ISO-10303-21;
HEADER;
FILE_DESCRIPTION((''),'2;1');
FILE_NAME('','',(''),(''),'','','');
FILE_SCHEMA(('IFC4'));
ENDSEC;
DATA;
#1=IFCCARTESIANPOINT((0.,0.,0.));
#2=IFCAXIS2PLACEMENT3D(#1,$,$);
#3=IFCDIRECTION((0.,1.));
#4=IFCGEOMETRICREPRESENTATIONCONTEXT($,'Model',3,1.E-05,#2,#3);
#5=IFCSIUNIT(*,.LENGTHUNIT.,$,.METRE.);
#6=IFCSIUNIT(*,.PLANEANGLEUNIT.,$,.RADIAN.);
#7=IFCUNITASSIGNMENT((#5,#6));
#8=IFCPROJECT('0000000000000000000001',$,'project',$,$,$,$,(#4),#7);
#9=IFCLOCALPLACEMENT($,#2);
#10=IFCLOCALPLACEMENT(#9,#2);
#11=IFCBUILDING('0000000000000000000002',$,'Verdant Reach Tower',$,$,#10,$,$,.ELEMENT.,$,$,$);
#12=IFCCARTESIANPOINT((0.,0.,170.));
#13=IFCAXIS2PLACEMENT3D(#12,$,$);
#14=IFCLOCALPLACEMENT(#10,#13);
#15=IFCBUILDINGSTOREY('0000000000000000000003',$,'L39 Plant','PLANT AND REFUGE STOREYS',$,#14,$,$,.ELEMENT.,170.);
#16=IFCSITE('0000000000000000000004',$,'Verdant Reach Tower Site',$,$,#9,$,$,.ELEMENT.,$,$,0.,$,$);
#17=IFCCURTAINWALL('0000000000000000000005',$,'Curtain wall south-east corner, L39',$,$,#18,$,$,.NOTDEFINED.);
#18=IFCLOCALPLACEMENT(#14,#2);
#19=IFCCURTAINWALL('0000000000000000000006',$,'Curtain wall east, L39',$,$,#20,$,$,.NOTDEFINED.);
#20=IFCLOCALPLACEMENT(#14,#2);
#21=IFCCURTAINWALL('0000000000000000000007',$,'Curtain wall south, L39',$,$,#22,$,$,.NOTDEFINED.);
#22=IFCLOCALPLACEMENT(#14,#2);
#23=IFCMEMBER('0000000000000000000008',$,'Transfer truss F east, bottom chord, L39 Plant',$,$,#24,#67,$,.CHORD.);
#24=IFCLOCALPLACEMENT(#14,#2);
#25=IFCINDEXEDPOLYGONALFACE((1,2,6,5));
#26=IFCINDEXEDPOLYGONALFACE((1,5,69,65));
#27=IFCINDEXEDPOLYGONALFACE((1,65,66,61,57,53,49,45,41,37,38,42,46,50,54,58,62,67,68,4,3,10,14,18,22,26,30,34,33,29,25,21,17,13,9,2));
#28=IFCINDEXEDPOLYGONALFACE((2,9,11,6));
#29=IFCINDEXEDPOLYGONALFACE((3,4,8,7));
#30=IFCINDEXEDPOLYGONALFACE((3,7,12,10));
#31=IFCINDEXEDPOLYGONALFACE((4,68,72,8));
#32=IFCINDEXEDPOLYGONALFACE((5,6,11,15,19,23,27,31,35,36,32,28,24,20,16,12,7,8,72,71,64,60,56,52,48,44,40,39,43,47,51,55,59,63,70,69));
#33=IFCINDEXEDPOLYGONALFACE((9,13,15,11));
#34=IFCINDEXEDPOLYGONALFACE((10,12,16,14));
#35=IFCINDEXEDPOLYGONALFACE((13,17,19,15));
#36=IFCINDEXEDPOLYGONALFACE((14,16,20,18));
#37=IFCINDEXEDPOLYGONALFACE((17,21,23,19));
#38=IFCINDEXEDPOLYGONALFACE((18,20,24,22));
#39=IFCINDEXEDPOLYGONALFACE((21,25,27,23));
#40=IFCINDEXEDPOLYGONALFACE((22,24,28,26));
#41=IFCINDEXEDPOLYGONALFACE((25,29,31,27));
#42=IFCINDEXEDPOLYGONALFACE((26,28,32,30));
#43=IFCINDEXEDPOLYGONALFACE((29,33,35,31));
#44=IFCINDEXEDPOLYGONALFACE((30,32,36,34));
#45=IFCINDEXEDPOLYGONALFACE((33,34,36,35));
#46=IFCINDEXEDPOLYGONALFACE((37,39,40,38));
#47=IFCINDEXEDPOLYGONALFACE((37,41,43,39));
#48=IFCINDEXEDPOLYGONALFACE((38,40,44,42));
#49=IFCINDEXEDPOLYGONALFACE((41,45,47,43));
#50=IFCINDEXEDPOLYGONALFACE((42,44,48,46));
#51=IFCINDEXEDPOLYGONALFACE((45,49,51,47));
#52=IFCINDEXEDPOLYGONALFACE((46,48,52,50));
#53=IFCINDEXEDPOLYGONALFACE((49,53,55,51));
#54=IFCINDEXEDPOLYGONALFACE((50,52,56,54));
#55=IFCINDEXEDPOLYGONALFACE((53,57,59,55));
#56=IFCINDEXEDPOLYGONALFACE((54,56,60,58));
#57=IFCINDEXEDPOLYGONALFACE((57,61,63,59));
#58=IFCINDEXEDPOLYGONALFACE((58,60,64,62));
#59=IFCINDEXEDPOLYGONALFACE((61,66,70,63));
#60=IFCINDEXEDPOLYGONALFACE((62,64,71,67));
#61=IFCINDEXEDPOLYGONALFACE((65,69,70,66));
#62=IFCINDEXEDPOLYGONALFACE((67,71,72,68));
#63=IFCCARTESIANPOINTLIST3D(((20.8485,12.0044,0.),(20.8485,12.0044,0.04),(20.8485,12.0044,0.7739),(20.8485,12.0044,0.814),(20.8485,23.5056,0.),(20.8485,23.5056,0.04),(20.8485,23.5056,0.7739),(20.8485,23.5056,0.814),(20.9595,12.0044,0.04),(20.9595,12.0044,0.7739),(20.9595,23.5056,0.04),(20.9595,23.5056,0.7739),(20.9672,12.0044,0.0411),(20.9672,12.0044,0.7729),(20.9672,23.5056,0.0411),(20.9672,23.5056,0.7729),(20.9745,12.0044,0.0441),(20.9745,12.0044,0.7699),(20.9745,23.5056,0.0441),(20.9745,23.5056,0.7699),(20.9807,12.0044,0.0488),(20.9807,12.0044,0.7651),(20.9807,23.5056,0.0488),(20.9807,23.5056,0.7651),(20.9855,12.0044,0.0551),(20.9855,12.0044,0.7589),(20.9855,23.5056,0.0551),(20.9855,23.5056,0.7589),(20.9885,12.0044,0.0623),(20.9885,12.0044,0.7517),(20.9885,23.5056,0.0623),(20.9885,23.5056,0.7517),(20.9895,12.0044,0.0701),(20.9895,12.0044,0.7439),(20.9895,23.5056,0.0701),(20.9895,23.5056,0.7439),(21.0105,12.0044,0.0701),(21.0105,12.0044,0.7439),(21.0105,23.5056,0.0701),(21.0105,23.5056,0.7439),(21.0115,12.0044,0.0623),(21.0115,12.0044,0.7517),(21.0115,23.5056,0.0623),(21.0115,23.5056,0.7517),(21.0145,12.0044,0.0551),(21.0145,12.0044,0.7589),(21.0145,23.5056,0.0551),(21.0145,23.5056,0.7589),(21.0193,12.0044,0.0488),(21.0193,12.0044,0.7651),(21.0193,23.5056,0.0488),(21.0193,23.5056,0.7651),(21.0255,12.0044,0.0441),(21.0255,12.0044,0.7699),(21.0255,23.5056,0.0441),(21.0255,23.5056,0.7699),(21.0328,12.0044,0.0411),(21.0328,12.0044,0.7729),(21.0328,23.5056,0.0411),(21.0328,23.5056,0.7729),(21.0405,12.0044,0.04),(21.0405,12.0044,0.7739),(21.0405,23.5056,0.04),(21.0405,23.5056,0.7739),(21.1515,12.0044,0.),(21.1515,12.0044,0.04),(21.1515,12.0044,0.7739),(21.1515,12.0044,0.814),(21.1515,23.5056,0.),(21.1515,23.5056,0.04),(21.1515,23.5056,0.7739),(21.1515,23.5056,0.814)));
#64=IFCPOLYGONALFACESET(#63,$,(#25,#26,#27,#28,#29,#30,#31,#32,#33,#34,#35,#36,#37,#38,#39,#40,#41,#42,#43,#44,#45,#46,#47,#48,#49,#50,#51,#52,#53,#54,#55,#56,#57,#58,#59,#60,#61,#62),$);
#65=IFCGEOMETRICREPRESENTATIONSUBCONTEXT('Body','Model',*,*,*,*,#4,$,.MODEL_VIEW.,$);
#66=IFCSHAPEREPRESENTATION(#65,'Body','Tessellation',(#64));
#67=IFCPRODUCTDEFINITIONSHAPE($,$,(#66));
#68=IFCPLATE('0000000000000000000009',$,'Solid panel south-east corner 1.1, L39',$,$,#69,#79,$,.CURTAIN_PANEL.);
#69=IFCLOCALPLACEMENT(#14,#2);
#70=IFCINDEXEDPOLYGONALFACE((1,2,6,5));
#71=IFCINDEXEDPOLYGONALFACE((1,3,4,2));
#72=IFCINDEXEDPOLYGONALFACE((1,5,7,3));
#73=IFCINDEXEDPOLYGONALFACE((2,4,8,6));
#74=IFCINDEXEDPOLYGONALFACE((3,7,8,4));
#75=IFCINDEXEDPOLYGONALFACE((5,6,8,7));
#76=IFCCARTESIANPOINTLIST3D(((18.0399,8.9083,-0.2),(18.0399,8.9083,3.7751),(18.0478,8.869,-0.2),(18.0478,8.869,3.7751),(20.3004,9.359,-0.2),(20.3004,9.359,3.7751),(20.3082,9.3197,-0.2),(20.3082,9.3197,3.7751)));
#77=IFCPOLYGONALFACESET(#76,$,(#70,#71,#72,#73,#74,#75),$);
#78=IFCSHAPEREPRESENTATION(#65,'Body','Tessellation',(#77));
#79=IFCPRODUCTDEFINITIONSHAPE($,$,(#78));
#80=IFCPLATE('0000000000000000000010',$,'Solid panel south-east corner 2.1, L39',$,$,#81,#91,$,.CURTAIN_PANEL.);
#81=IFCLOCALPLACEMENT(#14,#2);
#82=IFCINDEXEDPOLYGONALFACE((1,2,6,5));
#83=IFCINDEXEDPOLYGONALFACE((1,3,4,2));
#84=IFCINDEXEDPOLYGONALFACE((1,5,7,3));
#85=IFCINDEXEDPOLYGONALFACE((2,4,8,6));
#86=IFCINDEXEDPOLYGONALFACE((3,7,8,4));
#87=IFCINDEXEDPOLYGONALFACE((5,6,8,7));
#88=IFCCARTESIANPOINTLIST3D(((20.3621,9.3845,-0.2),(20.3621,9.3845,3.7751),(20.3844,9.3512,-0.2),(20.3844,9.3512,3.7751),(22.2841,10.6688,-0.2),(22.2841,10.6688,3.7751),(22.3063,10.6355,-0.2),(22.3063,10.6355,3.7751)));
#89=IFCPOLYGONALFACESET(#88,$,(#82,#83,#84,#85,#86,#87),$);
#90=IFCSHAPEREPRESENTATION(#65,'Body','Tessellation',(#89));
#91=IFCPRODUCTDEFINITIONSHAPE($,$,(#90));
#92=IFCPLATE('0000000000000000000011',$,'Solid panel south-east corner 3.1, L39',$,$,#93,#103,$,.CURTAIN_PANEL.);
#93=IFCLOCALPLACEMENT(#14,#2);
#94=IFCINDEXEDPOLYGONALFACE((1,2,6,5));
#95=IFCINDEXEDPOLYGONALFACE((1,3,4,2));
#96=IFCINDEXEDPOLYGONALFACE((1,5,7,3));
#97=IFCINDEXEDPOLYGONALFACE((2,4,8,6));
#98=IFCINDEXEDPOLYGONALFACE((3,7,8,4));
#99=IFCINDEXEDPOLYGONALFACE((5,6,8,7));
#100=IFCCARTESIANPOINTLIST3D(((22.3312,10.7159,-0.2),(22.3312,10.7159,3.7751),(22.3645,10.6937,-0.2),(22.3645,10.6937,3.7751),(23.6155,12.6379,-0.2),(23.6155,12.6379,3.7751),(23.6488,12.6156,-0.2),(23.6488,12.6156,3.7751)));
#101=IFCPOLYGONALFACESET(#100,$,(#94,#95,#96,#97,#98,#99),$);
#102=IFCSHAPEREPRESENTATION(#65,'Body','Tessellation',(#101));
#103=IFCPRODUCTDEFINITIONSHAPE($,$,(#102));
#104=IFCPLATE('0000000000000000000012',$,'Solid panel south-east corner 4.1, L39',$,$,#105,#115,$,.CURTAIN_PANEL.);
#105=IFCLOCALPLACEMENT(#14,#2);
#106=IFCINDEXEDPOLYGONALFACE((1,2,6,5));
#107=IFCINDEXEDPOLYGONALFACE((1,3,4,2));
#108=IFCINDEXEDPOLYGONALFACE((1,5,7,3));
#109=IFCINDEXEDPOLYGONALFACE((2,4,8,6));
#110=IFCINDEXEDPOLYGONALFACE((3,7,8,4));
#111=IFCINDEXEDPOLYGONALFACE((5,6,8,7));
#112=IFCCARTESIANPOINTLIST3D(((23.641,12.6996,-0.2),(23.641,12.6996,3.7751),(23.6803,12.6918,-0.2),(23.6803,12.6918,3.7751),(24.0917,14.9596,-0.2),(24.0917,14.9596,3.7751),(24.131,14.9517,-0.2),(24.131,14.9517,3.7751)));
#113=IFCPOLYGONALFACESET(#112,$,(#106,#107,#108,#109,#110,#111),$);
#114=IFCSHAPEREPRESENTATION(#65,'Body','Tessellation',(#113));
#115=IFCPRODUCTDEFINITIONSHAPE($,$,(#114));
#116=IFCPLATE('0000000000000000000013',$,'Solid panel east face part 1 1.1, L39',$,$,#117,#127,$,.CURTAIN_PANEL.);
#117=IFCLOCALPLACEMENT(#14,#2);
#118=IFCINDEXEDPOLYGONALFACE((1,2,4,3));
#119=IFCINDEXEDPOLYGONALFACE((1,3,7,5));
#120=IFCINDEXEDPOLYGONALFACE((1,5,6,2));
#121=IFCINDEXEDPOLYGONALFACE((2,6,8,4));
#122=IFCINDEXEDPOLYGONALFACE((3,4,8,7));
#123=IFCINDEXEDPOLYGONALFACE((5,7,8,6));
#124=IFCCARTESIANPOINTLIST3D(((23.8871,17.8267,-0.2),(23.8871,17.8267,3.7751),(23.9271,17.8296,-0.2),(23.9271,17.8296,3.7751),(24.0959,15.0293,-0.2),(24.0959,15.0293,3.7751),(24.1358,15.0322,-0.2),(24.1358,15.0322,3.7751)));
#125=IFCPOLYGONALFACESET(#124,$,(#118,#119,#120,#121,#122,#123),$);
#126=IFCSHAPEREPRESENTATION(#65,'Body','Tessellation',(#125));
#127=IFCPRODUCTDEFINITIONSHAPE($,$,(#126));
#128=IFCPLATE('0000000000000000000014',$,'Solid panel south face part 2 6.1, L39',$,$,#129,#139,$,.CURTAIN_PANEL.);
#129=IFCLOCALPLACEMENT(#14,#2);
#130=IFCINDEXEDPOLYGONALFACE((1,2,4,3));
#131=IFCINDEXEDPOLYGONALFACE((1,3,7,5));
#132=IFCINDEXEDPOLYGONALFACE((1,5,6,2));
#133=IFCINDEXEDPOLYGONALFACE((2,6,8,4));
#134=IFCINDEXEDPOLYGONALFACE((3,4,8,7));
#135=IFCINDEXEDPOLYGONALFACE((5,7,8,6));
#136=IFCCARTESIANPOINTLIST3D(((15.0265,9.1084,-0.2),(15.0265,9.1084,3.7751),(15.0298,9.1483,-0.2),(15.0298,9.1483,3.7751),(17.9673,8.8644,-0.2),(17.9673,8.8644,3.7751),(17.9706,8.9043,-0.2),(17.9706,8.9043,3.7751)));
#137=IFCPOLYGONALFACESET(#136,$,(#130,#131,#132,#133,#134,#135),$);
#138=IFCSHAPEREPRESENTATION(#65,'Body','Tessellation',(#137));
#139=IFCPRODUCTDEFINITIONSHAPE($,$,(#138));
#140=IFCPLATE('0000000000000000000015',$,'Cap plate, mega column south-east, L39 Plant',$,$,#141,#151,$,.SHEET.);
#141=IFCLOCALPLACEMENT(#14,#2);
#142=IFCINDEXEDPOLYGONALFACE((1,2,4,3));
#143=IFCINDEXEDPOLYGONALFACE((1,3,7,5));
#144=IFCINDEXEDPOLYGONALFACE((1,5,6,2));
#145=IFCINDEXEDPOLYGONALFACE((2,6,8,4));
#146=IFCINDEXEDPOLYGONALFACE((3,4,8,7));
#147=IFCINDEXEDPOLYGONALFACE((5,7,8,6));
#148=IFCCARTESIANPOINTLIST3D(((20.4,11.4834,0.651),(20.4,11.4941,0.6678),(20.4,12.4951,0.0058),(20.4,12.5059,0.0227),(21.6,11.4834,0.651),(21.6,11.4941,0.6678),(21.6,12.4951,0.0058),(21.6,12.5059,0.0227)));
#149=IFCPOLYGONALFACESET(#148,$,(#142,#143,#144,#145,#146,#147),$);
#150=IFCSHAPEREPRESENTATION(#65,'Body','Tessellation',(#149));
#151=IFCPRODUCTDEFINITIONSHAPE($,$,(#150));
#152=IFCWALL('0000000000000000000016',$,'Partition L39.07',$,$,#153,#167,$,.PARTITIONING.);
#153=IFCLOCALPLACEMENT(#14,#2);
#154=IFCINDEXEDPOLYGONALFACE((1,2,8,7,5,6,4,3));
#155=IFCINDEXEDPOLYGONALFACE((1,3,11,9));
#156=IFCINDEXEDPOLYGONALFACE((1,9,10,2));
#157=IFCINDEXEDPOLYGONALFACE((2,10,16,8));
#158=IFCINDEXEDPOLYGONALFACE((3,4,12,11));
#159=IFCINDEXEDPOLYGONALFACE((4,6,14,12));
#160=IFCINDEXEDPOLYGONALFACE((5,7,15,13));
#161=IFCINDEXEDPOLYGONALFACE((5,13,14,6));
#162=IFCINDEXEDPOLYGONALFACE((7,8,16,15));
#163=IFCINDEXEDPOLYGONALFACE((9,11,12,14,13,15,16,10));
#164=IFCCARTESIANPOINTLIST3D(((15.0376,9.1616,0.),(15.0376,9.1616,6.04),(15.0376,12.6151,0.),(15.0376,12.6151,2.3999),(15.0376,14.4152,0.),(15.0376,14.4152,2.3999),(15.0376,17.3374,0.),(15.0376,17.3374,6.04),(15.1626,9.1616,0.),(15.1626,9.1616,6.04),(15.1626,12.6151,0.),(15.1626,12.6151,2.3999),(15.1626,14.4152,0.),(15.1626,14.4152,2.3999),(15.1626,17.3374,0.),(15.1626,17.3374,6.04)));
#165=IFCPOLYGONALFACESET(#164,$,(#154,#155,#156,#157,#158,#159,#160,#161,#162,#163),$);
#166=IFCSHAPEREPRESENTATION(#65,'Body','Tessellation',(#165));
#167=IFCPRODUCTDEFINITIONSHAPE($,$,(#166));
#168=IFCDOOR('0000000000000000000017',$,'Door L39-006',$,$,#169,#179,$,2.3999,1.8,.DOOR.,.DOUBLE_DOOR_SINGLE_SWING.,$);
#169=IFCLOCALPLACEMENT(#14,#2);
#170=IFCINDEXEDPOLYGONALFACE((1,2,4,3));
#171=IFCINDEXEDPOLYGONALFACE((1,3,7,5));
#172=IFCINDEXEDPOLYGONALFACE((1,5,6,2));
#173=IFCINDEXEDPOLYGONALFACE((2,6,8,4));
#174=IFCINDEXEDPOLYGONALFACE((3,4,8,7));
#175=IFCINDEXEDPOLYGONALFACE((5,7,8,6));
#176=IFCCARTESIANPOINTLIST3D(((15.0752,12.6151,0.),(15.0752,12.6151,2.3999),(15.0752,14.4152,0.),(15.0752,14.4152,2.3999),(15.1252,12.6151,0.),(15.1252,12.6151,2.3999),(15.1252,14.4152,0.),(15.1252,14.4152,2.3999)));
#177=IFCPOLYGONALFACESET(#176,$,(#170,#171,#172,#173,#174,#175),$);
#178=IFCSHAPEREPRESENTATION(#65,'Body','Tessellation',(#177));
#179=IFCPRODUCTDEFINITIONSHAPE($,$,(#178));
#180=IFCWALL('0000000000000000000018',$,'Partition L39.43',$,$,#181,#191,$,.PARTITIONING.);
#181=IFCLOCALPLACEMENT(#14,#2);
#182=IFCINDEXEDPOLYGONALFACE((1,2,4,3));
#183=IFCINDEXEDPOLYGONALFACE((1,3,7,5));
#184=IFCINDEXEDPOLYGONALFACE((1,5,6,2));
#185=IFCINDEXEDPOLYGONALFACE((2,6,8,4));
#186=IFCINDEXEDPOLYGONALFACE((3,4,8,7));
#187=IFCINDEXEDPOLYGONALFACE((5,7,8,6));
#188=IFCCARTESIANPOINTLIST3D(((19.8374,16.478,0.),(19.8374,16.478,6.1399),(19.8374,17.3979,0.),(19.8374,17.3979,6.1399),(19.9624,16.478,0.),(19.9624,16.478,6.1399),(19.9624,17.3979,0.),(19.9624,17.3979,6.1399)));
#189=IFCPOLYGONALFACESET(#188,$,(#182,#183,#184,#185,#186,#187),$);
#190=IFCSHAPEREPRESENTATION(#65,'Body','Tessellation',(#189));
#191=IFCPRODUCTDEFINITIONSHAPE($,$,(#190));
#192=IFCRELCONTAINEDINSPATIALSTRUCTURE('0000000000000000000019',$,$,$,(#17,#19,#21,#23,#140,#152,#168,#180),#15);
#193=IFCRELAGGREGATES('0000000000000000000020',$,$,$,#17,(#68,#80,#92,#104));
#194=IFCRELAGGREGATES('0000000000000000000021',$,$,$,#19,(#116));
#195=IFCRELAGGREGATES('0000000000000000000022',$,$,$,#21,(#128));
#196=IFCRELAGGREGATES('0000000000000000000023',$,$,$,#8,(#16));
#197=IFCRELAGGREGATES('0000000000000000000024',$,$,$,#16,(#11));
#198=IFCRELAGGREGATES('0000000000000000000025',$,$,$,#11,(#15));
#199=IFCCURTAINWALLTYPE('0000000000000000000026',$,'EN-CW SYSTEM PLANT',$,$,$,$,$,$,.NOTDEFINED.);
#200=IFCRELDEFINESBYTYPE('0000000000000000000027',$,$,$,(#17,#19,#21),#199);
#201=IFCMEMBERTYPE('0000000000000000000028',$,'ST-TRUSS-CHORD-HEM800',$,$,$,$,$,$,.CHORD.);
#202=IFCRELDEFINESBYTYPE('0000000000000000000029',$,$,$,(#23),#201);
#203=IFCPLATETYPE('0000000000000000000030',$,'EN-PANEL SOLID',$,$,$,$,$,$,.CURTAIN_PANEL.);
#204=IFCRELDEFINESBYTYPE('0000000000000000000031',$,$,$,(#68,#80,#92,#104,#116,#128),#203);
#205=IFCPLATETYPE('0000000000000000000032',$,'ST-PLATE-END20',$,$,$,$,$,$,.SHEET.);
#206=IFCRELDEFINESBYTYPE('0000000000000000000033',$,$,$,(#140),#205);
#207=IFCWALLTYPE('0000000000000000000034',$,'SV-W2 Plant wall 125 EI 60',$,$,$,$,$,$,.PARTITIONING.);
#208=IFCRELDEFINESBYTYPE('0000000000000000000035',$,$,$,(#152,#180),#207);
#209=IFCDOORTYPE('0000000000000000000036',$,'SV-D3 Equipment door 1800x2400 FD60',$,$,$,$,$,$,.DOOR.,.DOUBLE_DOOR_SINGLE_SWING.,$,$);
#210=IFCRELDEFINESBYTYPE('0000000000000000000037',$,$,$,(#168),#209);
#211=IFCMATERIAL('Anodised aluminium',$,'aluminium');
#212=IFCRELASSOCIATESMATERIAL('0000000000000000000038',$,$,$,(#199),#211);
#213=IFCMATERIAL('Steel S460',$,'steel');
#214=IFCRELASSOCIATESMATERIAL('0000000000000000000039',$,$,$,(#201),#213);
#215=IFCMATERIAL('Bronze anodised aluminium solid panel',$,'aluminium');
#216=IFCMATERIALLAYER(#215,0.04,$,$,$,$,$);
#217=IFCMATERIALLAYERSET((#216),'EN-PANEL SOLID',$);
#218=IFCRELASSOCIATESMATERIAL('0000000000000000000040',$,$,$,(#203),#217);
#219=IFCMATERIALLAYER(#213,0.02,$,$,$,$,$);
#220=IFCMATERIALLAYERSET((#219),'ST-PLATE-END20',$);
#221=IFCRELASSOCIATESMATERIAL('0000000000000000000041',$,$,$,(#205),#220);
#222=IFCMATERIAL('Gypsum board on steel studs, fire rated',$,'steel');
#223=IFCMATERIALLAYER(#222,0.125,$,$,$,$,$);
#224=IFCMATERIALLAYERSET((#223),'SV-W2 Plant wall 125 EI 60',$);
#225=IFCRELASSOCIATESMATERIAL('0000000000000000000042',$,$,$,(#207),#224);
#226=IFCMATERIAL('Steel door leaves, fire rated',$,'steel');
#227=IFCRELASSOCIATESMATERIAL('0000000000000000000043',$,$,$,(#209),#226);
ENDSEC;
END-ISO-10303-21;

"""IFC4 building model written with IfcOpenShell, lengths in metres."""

from ifc_helpers import new_model, si_unit, direction, frame, frame_2d, origin, origin_2d, place, context, subcontext, project, spatial, rectangle, i_section, extrude, material, layer, layer_set, material_profile, profile_set, type_object, element, fill, aggregate, save


model = new_model("IFC4")

# Units and contexts
model_context = context("Model", 3, precision=1e-05, world=origin(), true_north=direction((0.0, 1.0)))
body_context = subcontext(model_context, "Body", "Model", "MODEL_VIEW")
ifc_project = project(units=[si_unit("LENGTHUNIT", "METRE"), si_unit("PLANEANGLEUNIT", "RADIAN")], contexts=[model_context])

# Site, building, storey
site_placement = place(None, origin())
site = spatial("IfcSite", under=ifc_project, at=site_placement, Name="Verdant Reach Tower Site", CompositionType="ELEMENT", RefElevation=0.0)
building_placement = place(site_placement, origin())
building = spatial("IfcBuilding", under=site, at=building_placement, Name="Verdant Reach Tower", CompositionType="ELEMENT")
storey_placement = place(building_placement, frame((0.0, 0.0, 170.0)))
storey = spatial("IfcBuildingStorey", under=building, at=storey_placement, Name="L39 Plant", Description="PLANT AND REFUGE STOREYS", CompositionType="ELEMENT", Elevation=170.0)

# Shared definitions
ifc_material_1 = material(Name="Steel S460", Category="steel")

# Curtain wall
ifc_material_2 = material(Name="Anodised aluminium", Category="aluminium")
curtain_wall_type = type_object("IfcCurtainWallType", Name="EN-CW SYSTEM PLANT", PredefinedType="NOTDEFINED", material=ifc_material_2)
curtain_wall_1_placement = place(storey_placement, origin())
curtain_wall_1 = element("IfcCurtainWall", 1, at=curtain_wall_1_placement, inside=storey, type_object=curtain_wall_type, Name="Curtain wall south-east corner, L39", PredefinedType="NOTDEFINED")

# Curtain walls
curtain_wall_2_placement = place(storey_placement, origin())
curtain_wall_2 = element("IfcCurtainWall", 2, at=curtain_wall_2_placement, inside=storey, type_object=curtain_wall_type, Name="Curtain wall east, L39", PredefinedType="NOTDEFINED")
curtain_wall_3_placement = place(storey_placement, origin())
curtain_wall_3 = element("IfcCurtainWall", 3, at=curtain_wall_3_placement, inside=storey, type_object=curtain_wall_type, Name="Curtain wall south, L39", PredefinedType="NOTDEFINED")

# Member
ifc_material_profile_1 = material_profile(ifc_material_1, i_section(OverallWidth=0.303, OverallDepth=0.814, WebThickness=0.021, FlangeThickness=0.04, FilletRadius=0.03, at=origin_2d()), Name="HEM 800")
ifc_profile_set_1 = profile_set([ifc_material_profile_1], Name="Steel S460")
member_type_1 = type_object("IfcMemberType", Name="ST-TRUSS-CHORD-HEM800", PredefinedType="CHORD", material=ifc_profile_set_1)
member_1_placement = place(storey_placement, frame((21.0, 12.0044, 0.407), z_axis=(0.0, 1.0, 0.0), x_axis=(-1.0, 0.0, 0.0)))
element("IfcMember", 4, at=member_1_placement, inside=storey, type_object=member_type_1, Name="Transfer truss F east, bottom chord, L39 Plant", PredefinedType="CHORD", context=body_context, shape_type="SweptSolid", body=[
    extrude(i_section(OverallWidth=0.303, OverallDepth=0.814, WebThickness=0.021, FlangeThickness=0.04, FilletRadius=0.03, at=origin_2d()), origin(), (0.0, 0.0, 1.0), 11.5012),
])

# Plates
ifc_material_3 = material(Name="Bronze anodised aluminium solid panel", Category="aluminium")
ifc_layer_1 = layer(ifc_material_3, 0.04)
ifc_layer_set_1 = layer_set([ifc_layer_1], Name="EN-PANEL SOLID")
plate_type_1 = type_object("IfcPlateType", Name="EN-PANEL SOLID", PredefinedType="CURTAIN_PANEL", material=ifc_layer_set_1)
plate_1_placement = place(storey_placement, frame((19.1741, 9.114, -0.2), z_axis=(0.0, 0.0, 1.0), x_axis=(0.980695, 0.195545, 0.0)))
plate_1 = element("IfcPlate", 5, at=plate_1_placement, type_object=plate_type_1, Name="Solid panel south-east corner 1.1, L39", PredefinedType="CURTAIN_PANEL", context=body_context, shape_type="SweptSolid", body=[
    extrude(rectangle(XDim=2.3049, YDim=0.04, at=origin_2d()), origin(), (0.0, 0.0, 1.0), 3.9751),
])
plate_2_placement = place(storey_placement, frame((21.3342, 10.01, -0.2), z_axis=(0.0, 0.0, 1.0), x_axis=(0.831452, 0.555596, 0.0)))
plate_2 = element("IfcPlate", 6, at=plate_2_placement, type_object=plate_type_1, Name="Solid panel south-east corner 2.1, L39", PredefinedType="CURTAIN_PANEL", context=body_context, shape_type="SweptSolid", body=[
    extrude(rectangle(XDim=2.3115, YDim=0.04, at=origin_2d()), origin(), (0.0, 0.0, 1.0), 3.9751),
])
plate_3_placement = place(storey_placement, frame((22.99, 11.6658, -0.2), z_axis=(0.0, 0.0, 1.0), x_axis=(0.555596, 0.831452, 0.0)))
plate_3 = element("IfcPlate", 7, at=plate_3_placement, type_object=plate_type_1, Name="Solid panel south-east corner 3.1, L39", PredefinedType="CURTAIN_PANEL", context=body_context, shape_type="SweptSolid", body=[
    extrude(rectangle(XDim=2.3115, YDim=0.04, at=origin_2d()), origin(), (0.0, 0.0, 1.0), 3.9751),
])
plate_4_placement = place(storey_placement, frame((23.886, 13.8257, -0.2), z_axis=(0.0, 0.0, 1.0), x_axis=(0.195573, 0.980689, 0.0)))
plate_4 = element("IfcPlate", 8, at=plate_4_placement, type_object=plate_type_1, Name="Solid panel south-east corner 4.1, L39", PredefinedType="CURTAIN_PANEL", context=body_context, shape_type="SweptSolid", body=[
    extrude(rectangle(XDim=2.3044, YDim=0.04, at=origin_2d()), origin(), (0.0, 0.0, 1.0), 3.9751),
])
plate_5_placement = place(storey_placement, frame((24.0115, 16.4294, -0.2), z_axis=(0.0, 0.0, 1.0), x_axis=(-0.074412, 0.997228, 0.0)))
plate_5 = element("IfcPlate", 9, at=plate_5_placement, type_object=plate_type_1, Name="Solid panel east face part 1 1.1, L39", PredefinedType="CURTAIN_PANEL", context=body_context, shape_type="SweptSolid", body=[
    extrude(rectangle(XDim=2.8052, YDim=0.04, at=origin_2d()), origin(), (0.0, 0.0, 1.0), 3.9751),
])
plate_6_placement = place(storey_placement, frame((16.4985, 9.0063, -0.2), z_axis=(0.0, 0.0, 1.0), x_axis=(0.996578, -0.082664, 0.0)))
plate_6 = element("IfcPlate", 10, at=plate_6_placement, type_object=plate_type_1, Name="Solid panel south face part 2 6.1, L39", PredefinedType="CURTAIN_PANEL", context=body_context, shape_type="SweptSolid", body=[
    extrude(rectangle(XDim=2.9509, YDim=0.04, at=origin_2d()), origin(), (0.0, 0.0, 1.0), 3.9751),
])
ifc_layer_2 = layer(ifc_material_1, 0.02)
ifc_layer_set_2 = layer_set([ifc_layer_2], Name="ST-PLATE-END20")
plate_type_2 = type_object("IfcPlateType", Name="ST-PLATE-END20", PredefinedType="SHEET", material=ifc_layer_set_2)
plate_7_placement = place(storey_placement, frame((21.0, 11.9893, 0.3284), z_axis=(0.0, 0.537666, 0.843158), x_axis=(-1.0, 0.0, 0.0)))
element("IfcPlate", 11, at=plate_7_placement, inside=storey, type_object=plate_type_2, Name="Cap plate, mega column south-east, L39 Plant", PredefinedType="SHEET", context=body_context, shape_type="SweptSolid", body=[
    extrude(rectangle(XDim=1.2, YDim=1.2, at=origin_2d()), origin(), (0.0, 0.0, 1.0), 0.02),
])

# Wall, opening, door
ifc_material_4 = material(Name="Gypsum board on steel studs, fire rated", Category="steel")
ifc_layer_3 = layer(ifc_material_4, 0.125)
ifc_layer_set_3 = layer_set([ifc_layer_3], Name="SV-W2 Plant wall 125 EI 60")
wall_type = type_object("IfcWallType", Name="SV-W2 Plant wall 125 EI 60", PredefinedType="PARTITIONING", material=ifc_layer_set_3)
wall_1_placement = place(storey_placement, frame((15.1001, 9.1616, 0.0), z_axis=(0.0, 0.0, 1.0), x_axis=(0.0, 1.0, 0.0)))
wall_1 = element("IfcWall", 12, at=wall_1_placement, inside=storey, type_object=wall_type, Name="Partition L39.07", PredefinedType="PARTITIONING", context=body_context, shape_type="SweptSolid", body=[
    extrude(rectangle(XDim=8.1758, YDim=0.125, at=frame_2d((4.0879, 0.0))), origin(), (0.0, 0.0, 1.0), 6.04),
])
opening_placement = place(wall_1_placement, frame((3.4536, 0.0, 0.0)))
opening = element("IfcOpeningElement", 13, at=opening_placement, cuts=wall_1, PredefinedType="OPENING", context=body_context, shape_type="SweptSolid", body=[
    extrude(rectangle(XDim=1.8, YDim=2.3999, at=frame_2d((0.8999, 1.2))), frame((0.0, 0.0725, 0.0), z_axis=(0.0, -1.0, 0.0), x_axis=(1.0, 0.0, 0.0)), (0.0, 0.0, 1.0), 0.145),
])
ifc_material_5 = material(Name="Steel door leaves, fire rated", Category="steel")
door_type = type_object("IfcDoorType", Name="SV-D3 Equipment door 1800x2400 FD60", OperationType="DOUBLE_DOOR_SINGLE_SWING", PredefinedType="DOOR", material=ifc_material_5)
door_placement = place(opening_placement, origin())
door = element("IfcDoor", 14, at=door_placement, inside=storey, type_object=door_type, Name="Door L39-006", OperationType="DOUBLE_DOOR_SINGLE_SWING", OverallHeight=2.3999, OverallWidth=1.8, PredefinedType="DOOR", context=body_context, shape_type="SweptSolid", body=[
    extrude(rectangle(XDim=1.8, YDim=2.3999, at=frame_2d((0.8999, 1.2))), frame((0.0, 0.0249, 0.0), z_axis=(0.0, -1.0, 0.0), x_axis=(1.0, 0.0, 0.0)), (0.0, 0.0, 1.0), 0.05),
])
fill(opening, door)

# Wall
wall_2_placement = place(storey_placement, frame((19.8999, 17.3979, 0.0), z_axis=(0.0, 0.0, 1.0), x_axis=(0.0, -1.0, 0.0)))
element("IfcWall", 15, at=wall_2_placement, inside=storey, type_object=wall_type, Name="Partition L39.43", PredefinedType="PARTITIONING", context=body_context, shape_type="SweptSolid", body=[
    extrude(rectangle(XDim=0.9199, YDim=0.125, at=frame_2d((0.46, 0.0))), origin(), (0.0, 0.0, 1.0), 6.1399),
])

aggregate(curtain_wall_1, [plate_1, plate_2, plate_3, plate_4])
aggregate(curtain_wall_2, [plate_5])
aggregate(curtain_wall_3, [plate_6])

save(model, "model.ifc")
